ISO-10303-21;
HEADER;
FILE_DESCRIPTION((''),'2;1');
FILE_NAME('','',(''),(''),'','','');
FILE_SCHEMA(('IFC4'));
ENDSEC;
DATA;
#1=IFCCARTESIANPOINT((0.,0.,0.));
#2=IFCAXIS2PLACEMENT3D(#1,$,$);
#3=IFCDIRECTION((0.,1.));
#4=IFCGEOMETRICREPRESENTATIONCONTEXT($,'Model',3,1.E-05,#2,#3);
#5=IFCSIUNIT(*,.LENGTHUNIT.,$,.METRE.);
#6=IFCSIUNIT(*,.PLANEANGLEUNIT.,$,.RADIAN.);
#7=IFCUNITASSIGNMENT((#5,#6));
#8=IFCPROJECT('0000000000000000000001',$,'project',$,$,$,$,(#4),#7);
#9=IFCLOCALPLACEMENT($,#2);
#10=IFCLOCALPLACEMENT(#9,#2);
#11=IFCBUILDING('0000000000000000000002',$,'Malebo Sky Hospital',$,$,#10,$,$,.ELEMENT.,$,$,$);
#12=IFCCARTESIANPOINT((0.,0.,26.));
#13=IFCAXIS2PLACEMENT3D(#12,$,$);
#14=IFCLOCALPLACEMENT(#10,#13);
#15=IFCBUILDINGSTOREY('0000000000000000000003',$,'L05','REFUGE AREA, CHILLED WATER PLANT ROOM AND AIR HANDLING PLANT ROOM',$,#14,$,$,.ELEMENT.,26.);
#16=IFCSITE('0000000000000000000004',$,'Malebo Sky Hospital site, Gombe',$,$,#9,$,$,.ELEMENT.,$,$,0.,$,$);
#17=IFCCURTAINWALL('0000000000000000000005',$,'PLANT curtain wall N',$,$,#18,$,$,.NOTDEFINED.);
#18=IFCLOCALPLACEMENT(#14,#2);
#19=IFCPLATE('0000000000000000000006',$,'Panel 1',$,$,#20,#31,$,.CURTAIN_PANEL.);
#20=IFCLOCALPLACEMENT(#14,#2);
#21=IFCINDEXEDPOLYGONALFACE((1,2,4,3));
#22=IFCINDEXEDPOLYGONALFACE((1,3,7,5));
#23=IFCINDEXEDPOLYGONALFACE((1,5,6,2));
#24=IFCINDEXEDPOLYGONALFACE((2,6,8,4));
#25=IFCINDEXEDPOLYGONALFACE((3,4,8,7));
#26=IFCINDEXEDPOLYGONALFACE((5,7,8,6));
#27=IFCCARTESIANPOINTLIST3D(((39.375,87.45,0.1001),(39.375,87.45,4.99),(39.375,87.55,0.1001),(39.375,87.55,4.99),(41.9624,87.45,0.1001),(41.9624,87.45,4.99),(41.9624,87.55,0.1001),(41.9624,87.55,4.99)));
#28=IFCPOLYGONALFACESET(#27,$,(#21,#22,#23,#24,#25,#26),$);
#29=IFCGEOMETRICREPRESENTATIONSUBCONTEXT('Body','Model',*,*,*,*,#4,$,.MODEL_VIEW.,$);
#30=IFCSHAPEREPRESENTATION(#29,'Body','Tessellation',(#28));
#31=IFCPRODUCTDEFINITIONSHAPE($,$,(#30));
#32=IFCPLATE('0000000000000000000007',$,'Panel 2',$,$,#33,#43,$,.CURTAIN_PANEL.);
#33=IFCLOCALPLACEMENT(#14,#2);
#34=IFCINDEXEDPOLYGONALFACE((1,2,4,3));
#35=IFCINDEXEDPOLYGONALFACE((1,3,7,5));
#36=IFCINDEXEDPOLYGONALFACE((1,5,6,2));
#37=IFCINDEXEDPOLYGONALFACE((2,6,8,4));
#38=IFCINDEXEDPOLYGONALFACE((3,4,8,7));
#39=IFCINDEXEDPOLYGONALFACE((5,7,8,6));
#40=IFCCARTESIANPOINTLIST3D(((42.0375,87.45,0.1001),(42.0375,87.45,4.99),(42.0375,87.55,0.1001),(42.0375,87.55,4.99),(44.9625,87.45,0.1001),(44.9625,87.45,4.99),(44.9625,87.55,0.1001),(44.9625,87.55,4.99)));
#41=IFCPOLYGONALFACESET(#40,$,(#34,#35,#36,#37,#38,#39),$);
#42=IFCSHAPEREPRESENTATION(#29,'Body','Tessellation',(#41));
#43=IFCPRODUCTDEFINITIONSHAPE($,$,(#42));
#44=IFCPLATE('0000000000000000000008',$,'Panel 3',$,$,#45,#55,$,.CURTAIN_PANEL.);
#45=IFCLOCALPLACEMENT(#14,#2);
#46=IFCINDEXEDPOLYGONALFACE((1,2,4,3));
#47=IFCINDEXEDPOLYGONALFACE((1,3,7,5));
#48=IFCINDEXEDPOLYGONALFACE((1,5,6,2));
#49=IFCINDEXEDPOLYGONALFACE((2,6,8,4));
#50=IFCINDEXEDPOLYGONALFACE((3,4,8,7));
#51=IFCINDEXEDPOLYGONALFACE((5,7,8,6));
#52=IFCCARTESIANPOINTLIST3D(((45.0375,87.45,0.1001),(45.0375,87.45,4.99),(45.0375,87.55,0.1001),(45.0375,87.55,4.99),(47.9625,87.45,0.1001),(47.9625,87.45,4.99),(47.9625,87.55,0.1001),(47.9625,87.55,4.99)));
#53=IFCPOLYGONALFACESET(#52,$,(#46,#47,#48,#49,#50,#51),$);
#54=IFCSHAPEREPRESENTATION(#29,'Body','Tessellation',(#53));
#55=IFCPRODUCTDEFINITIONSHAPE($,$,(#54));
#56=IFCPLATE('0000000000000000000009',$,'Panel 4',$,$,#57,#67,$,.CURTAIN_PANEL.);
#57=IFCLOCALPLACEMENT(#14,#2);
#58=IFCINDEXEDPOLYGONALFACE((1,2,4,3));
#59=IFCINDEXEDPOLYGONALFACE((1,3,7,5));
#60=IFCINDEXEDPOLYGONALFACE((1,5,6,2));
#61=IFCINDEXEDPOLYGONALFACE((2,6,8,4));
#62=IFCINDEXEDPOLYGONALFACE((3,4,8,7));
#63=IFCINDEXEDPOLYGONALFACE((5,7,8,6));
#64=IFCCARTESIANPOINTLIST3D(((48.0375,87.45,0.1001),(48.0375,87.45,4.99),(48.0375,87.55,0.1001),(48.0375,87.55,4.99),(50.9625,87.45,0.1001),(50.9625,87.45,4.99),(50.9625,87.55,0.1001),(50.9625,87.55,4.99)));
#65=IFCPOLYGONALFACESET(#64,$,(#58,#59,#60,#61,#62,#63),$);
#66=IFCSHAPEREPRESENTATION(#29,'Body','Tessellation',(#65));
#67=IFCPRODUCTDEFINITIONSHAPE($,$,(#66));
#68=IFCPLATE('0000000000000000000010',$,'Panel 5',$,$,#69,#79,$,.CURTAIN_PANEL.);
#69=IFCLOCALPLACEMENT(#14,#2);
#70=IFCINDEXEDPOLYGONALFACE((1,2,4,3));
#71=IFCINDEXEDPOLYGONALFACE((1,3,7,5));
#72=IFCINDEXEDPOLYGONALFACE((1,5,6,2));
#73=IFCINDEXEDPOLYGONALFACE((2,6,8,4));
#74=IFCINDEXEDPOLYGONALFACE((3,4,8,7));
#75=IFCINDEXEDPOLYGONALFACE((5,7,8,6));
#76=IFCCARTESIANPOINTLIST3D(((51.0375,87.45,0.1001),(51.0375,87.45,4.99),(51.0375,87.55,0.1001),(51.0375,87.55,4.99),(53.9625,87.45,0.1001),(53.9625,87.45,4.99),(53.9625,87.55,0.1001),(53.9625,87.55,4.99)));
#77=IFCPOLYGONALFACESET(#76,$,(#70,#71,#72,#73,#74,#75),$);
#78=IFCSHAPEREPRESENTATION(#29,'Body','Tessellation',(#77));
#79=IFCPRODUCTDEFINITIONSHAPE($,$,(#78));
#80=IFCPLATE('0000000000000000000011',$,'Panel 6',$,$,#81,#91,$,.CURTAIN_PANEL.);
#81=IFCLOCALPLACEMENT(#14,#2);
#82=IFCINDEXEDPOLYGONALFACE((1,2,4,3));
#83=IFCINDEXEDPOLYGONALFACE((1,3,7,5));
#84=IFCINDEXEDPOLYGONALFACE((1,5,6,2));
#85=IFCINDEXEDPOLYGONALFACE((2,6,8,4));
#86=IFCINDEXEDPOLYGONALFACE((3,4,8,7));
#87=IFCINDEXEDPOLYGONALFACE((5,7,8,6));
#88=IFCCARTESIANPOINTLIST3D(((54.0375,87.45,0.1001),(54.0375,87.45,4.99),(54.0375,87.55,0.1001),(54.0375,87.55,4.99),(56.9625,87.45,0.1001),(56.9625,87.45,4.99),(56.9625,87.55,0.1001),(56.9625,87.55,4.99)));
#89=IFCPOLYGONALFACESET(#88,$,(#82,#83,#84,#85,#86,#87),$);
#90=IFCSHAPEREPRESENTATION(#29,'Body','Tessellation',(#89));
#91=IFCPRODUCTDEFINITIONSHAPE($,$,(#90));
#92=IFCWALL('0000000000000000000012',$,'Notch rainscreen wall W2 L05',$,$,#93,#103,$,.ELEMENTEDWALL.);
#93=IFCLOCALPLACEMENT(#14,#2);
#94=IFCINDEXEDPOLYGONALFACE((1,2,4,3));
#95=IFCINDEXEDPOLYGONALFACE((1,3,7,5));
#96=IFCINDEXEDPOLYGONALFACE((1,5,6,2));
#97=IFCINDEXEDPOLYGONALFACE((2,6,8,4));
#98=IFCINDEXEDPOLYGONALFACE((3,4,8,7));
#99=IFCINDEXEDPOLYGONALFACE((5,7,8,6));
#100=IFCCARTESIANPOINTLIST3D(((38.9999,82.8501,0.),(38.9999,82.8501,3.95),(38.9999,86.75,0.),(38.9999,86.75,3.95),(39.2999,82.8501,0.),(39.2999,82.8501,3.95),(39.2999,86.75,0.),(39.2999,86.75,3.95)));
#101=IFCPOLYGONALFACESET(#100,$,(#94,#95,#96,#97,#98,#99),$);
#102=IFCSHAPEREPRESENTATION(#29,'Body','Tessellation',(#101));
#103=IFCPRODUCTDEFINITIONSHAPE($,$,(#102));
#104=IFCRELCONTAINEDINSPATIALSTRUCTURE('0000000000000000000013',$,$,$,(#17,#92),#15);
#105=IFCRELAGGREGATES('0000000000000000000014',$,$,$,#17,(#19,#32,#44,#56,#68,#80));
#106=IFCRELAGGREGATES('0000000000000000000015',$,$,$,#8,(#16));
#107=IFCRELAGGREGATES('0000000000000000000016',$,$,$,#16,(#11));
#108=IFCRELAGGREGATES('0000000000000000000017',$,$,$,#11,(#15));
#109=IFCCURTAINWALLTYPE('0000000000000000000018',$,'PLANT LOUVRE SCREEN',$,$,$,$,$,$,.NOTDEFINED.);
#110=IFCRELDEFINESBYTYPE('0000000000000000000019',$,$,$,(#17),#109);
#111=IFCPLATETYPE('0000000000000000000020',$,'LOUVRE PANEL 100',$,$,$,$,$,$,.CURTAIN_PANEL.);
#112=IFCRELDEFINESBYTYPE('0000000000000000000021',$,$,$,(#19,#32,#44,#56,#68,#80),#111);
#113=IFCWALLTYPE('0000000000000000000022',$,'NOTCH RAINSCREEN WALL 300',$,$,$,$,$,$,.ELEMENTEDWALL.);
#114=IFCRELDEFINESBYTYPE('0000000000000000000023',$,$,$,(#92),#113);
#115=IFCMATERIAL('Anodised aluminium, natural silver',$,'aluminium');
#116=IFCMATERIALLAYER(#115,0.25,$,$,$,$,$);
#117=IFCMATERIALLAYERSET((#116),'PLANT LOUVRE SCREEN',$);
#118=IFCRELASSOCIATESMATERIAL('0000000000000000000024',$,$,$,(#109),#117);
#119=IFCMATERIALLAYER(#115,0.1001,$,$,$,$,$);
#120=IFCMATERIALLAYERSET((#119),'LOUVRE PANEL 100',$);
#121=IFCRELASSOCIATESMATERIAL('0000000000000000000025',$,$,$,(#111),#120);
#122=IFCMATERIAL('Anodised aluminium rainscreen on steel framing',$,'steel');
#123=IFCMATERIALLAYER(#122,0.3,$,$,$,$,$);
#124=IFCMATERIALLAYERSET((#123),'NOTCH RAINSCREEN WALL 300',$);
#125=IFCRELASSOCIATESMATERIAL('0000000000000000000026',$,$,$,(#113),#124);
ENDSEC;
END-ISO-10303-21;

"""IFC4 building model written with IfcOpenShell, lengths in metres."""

from ifc_helpers import new_model, si_unit, direction, frame, frame_2d, origin, origin_2d, place, context, subcontext, project, spatial, rectangle, extrude, material, layer, layer_set, type_object, element, aggregate, save


model = new_model("IFC4")

# Units and contexts
model_context = context("Model", 3, precision=1e-05, world=origin(), true_north=direction((0.0, 1.0)))
body_context = subcontext(model_context, "Body", "Model", "MODEL_VIEW")
ifc_project = project(units=[si_unit("LENGTHUNIT", "METRE"), si_unit("PLANEANGLEUNIT", "RADIAN")], contexts=[model_context])

# Site, building, storey
site_placement = place(None, origin())
site = spatial("IfcSite", under=ifc_project, at=site_placement, Name="Malebo Sky Hospital site, Gombe", CompositionType="ELEMENT", RefElevation=0.0)
building_placement = place(site_placement, origin())
building = spatial("IfcBuilding", under=site, at=building_placement, Name="Malebo Sky Hospital", CompositionType="ELEMENT")
storey_placement = place(building_placement, frame((0.0, 0.0, 26.0)))
storey = spatial("IfcBuildingStorey", under=building, at=storey_placement, Name="L05", Description="REFUGE AREA, CHILLED WATER PLANT ROOM AND AIR HANDLING PLANT ROOM", CompositionType="ELEMENT", Elevation=26.0)

# Curtain wall
ifc_material_1 = material(Name="Anodised aluminium, natural silver", Category="aluminium")
ifc_layer_1 = layer(ifc_material_1, 0.25)
ifc_layer_set_1 = layer_set([ifc_layer_1], Name="PLANT LOUVRE SCREEN")
curtain_wall_type = type_object("IfcCurtainWallType", Name="PLANT LOUVRE SCREEN", PredefinedType="NOTDEFINED", material=ifc_layer_set_1)
curtain_wall_placement = place(storey_placement, origin())
curtain_wall = element("IfcCurtainWall", 1, at=curtain_wall_placement, inside=storey, type_object=curtain_wall_type, Name="PLANT curtain wall N", PredefinedType="NOTDEFINED")

# Plates
ifc_layer_2 = layer(ifc_material_1, 0.1001)
ifc_layer_set_2 = layer_set([ifc_layer_2], Name="LOUVRE PANEL 100")
plate_type = type_object("IfcPlateType", Name="LOUVRE PANEL 100", PredefinedType="CURTAIN_PANEL", material=ifc_layer_set_2)
plate_1_placement = place(storey_placement, frame((40.6687, 87.5, 0.1001), z_axis=(0.0, 0.0, 1.0), x_axis=(1.0, 0.0, 0.0)))
plate_1 = element("IfcPlate", 2, at=plate_1_placement, type_object=plate_type, Name="Panel 1", PredefinedType="CURTAIN_PANEL", context=body_context, shape_type="SweptSolid", body=[
    extrude(rectangle(XDim=2.5874, YDim=0.1001, at=origin_2d()), origin(), (0.0, 0.0, 1.0), 4.8899),
])
plate_2_placement = place(storey_placement, frame((43.5, 87.5, 0.1001), z_axis=(0.0, 0.0, 1.0), x_axis=(1.0, 0.0, 0.0)))
plate_2 = element("IfcPlate", 3, at=plate_2_placement, type_object=plate_type, Name="Panel 2", PredefinedType="CURTAIN_PANEL", context=body_context, shape_type="SweptSolid", body=[
    extrude(rectangle(XDim=2.925, YDim=0.1001, at=origin_2d()), origin(), (0.0, 0.0, 1.0), 4.8899),
])
plate_3_placement = place(storey_placement, frame((46.5, 87.5, 0.1001), z_axis=(0.0, 0.0, 1.0), x_axis=(1.0, 0.0, 0.0)))
plate_3 = element("IfcPlate", 4, at=plate_3_placement, type_object=plate_type, Name="Panel 3", PredefinedType="CURTAIN_PANEL", context=body_context, shape_type="SweptSolid", body=[
    extrude(rectangle(XDim=2.925, YDim=0.1001, at=origin_2d()), origin(), (0.0, 0.0, 1.0), 4.8899),
])
plate_4_placement = place(storey_placement, frame((49.5, 87.5, 0.1001), z_axis=(0.0, 0.0, 1.0), x_axis=(1.0, 0.0, 0.0)))
plate_4 = element("IfcPlate", 5, at=plate_4_placement, type_object=plate_type, Name="Panel 4", PredefinedType="CURTAIN_PANEL", context=body_context, shape_type="SweptSolid", body=[
    extrude(rectangle(XDim=2.925, YDim=0.1001, at=origin_2d()), origin(), (0.0, 0.0, 1.0), 4.8899),
])
plate_5_placement = place(storey_placement, frame((52.5, 87.5, 0.1001), z_axis=(0.0, 0.0, 1.0), x_axis=(1.0, 0.0, 0.0)))
plate_5 = element("IfcPlate", 6, at=plate_5_placement, type_object=plate_type, Name="Panel 5", PredefinedType="CURTAIN_PANEL", context=body_context, shape_type="SweptSolid", body=[
    extrude(rectangle(XDim=2.925, YDim=0.1001, at=origin_2d()), origin(), (0.0, 0.0, 1.0), 4.8899),
])
plate_6_placement = place(storey_placement, frame((55.5, 87.5, 0.1001), z_axis=(0.0, 0.0, 1.0), x_axis=(1.0, 0.0, 0.0)))
plate_6 = element("IfcPlate", 7, at=plate_6_placement, type_object=plate_type, Name="Panel 6", PredefinedType="CURTAIN_PANEL", context=body_context, shape_type="SweptSolid", body=[
    extrude(rectangle(XDim=2.925, YDim=0.1001, at=origin_2d()), origin(), (0.0, 0.0, 1.0), 4.8899),
])
aggregate(curtain_wall, [plate_1, plate_2, plate_3, plate_4, plate_5, plate_6])

# Wall
ifc_material_2 = material(Name="Anodised aluminium rainscreen on steel framing", Category="steel")
ifc_layer_3 = layer(ifc_material_2, 0.3)
ifc_layer_set_3 = layer_set([ifc_layer_3], Name="NOTCH RAINSCREEN WALL 300")
wall_type = type_object("IfcWallType", Name="NOTCH RAINSCREEN WALL 300", PredefinedType="ELEMENTEDWALL", material=ifc_layer_set_3)
wall_placement = place(storey_placement, frame((39.1499, 82.8501, 0.0), z_axis=(0.0, 0.0, 1.0), x_axis=(0.0, 1.0, 0.0)))
element("IfcWall", 8, at=wall_placement, inside=storey, type_object=wall_type, Name="Notch rainscreen wall W2 L05", PredefinedType="ELEMENTEDWALL", context=body_context, shape_type="SweptSolid", body=[
    extrude(rectangle(XDim=3.8999, YDim=0.3, at=frame_2d((1.95, 0.0))), origin(), (0.0, 0.0, 1.0), 3.95),
])

save(model, "model.ifc")
